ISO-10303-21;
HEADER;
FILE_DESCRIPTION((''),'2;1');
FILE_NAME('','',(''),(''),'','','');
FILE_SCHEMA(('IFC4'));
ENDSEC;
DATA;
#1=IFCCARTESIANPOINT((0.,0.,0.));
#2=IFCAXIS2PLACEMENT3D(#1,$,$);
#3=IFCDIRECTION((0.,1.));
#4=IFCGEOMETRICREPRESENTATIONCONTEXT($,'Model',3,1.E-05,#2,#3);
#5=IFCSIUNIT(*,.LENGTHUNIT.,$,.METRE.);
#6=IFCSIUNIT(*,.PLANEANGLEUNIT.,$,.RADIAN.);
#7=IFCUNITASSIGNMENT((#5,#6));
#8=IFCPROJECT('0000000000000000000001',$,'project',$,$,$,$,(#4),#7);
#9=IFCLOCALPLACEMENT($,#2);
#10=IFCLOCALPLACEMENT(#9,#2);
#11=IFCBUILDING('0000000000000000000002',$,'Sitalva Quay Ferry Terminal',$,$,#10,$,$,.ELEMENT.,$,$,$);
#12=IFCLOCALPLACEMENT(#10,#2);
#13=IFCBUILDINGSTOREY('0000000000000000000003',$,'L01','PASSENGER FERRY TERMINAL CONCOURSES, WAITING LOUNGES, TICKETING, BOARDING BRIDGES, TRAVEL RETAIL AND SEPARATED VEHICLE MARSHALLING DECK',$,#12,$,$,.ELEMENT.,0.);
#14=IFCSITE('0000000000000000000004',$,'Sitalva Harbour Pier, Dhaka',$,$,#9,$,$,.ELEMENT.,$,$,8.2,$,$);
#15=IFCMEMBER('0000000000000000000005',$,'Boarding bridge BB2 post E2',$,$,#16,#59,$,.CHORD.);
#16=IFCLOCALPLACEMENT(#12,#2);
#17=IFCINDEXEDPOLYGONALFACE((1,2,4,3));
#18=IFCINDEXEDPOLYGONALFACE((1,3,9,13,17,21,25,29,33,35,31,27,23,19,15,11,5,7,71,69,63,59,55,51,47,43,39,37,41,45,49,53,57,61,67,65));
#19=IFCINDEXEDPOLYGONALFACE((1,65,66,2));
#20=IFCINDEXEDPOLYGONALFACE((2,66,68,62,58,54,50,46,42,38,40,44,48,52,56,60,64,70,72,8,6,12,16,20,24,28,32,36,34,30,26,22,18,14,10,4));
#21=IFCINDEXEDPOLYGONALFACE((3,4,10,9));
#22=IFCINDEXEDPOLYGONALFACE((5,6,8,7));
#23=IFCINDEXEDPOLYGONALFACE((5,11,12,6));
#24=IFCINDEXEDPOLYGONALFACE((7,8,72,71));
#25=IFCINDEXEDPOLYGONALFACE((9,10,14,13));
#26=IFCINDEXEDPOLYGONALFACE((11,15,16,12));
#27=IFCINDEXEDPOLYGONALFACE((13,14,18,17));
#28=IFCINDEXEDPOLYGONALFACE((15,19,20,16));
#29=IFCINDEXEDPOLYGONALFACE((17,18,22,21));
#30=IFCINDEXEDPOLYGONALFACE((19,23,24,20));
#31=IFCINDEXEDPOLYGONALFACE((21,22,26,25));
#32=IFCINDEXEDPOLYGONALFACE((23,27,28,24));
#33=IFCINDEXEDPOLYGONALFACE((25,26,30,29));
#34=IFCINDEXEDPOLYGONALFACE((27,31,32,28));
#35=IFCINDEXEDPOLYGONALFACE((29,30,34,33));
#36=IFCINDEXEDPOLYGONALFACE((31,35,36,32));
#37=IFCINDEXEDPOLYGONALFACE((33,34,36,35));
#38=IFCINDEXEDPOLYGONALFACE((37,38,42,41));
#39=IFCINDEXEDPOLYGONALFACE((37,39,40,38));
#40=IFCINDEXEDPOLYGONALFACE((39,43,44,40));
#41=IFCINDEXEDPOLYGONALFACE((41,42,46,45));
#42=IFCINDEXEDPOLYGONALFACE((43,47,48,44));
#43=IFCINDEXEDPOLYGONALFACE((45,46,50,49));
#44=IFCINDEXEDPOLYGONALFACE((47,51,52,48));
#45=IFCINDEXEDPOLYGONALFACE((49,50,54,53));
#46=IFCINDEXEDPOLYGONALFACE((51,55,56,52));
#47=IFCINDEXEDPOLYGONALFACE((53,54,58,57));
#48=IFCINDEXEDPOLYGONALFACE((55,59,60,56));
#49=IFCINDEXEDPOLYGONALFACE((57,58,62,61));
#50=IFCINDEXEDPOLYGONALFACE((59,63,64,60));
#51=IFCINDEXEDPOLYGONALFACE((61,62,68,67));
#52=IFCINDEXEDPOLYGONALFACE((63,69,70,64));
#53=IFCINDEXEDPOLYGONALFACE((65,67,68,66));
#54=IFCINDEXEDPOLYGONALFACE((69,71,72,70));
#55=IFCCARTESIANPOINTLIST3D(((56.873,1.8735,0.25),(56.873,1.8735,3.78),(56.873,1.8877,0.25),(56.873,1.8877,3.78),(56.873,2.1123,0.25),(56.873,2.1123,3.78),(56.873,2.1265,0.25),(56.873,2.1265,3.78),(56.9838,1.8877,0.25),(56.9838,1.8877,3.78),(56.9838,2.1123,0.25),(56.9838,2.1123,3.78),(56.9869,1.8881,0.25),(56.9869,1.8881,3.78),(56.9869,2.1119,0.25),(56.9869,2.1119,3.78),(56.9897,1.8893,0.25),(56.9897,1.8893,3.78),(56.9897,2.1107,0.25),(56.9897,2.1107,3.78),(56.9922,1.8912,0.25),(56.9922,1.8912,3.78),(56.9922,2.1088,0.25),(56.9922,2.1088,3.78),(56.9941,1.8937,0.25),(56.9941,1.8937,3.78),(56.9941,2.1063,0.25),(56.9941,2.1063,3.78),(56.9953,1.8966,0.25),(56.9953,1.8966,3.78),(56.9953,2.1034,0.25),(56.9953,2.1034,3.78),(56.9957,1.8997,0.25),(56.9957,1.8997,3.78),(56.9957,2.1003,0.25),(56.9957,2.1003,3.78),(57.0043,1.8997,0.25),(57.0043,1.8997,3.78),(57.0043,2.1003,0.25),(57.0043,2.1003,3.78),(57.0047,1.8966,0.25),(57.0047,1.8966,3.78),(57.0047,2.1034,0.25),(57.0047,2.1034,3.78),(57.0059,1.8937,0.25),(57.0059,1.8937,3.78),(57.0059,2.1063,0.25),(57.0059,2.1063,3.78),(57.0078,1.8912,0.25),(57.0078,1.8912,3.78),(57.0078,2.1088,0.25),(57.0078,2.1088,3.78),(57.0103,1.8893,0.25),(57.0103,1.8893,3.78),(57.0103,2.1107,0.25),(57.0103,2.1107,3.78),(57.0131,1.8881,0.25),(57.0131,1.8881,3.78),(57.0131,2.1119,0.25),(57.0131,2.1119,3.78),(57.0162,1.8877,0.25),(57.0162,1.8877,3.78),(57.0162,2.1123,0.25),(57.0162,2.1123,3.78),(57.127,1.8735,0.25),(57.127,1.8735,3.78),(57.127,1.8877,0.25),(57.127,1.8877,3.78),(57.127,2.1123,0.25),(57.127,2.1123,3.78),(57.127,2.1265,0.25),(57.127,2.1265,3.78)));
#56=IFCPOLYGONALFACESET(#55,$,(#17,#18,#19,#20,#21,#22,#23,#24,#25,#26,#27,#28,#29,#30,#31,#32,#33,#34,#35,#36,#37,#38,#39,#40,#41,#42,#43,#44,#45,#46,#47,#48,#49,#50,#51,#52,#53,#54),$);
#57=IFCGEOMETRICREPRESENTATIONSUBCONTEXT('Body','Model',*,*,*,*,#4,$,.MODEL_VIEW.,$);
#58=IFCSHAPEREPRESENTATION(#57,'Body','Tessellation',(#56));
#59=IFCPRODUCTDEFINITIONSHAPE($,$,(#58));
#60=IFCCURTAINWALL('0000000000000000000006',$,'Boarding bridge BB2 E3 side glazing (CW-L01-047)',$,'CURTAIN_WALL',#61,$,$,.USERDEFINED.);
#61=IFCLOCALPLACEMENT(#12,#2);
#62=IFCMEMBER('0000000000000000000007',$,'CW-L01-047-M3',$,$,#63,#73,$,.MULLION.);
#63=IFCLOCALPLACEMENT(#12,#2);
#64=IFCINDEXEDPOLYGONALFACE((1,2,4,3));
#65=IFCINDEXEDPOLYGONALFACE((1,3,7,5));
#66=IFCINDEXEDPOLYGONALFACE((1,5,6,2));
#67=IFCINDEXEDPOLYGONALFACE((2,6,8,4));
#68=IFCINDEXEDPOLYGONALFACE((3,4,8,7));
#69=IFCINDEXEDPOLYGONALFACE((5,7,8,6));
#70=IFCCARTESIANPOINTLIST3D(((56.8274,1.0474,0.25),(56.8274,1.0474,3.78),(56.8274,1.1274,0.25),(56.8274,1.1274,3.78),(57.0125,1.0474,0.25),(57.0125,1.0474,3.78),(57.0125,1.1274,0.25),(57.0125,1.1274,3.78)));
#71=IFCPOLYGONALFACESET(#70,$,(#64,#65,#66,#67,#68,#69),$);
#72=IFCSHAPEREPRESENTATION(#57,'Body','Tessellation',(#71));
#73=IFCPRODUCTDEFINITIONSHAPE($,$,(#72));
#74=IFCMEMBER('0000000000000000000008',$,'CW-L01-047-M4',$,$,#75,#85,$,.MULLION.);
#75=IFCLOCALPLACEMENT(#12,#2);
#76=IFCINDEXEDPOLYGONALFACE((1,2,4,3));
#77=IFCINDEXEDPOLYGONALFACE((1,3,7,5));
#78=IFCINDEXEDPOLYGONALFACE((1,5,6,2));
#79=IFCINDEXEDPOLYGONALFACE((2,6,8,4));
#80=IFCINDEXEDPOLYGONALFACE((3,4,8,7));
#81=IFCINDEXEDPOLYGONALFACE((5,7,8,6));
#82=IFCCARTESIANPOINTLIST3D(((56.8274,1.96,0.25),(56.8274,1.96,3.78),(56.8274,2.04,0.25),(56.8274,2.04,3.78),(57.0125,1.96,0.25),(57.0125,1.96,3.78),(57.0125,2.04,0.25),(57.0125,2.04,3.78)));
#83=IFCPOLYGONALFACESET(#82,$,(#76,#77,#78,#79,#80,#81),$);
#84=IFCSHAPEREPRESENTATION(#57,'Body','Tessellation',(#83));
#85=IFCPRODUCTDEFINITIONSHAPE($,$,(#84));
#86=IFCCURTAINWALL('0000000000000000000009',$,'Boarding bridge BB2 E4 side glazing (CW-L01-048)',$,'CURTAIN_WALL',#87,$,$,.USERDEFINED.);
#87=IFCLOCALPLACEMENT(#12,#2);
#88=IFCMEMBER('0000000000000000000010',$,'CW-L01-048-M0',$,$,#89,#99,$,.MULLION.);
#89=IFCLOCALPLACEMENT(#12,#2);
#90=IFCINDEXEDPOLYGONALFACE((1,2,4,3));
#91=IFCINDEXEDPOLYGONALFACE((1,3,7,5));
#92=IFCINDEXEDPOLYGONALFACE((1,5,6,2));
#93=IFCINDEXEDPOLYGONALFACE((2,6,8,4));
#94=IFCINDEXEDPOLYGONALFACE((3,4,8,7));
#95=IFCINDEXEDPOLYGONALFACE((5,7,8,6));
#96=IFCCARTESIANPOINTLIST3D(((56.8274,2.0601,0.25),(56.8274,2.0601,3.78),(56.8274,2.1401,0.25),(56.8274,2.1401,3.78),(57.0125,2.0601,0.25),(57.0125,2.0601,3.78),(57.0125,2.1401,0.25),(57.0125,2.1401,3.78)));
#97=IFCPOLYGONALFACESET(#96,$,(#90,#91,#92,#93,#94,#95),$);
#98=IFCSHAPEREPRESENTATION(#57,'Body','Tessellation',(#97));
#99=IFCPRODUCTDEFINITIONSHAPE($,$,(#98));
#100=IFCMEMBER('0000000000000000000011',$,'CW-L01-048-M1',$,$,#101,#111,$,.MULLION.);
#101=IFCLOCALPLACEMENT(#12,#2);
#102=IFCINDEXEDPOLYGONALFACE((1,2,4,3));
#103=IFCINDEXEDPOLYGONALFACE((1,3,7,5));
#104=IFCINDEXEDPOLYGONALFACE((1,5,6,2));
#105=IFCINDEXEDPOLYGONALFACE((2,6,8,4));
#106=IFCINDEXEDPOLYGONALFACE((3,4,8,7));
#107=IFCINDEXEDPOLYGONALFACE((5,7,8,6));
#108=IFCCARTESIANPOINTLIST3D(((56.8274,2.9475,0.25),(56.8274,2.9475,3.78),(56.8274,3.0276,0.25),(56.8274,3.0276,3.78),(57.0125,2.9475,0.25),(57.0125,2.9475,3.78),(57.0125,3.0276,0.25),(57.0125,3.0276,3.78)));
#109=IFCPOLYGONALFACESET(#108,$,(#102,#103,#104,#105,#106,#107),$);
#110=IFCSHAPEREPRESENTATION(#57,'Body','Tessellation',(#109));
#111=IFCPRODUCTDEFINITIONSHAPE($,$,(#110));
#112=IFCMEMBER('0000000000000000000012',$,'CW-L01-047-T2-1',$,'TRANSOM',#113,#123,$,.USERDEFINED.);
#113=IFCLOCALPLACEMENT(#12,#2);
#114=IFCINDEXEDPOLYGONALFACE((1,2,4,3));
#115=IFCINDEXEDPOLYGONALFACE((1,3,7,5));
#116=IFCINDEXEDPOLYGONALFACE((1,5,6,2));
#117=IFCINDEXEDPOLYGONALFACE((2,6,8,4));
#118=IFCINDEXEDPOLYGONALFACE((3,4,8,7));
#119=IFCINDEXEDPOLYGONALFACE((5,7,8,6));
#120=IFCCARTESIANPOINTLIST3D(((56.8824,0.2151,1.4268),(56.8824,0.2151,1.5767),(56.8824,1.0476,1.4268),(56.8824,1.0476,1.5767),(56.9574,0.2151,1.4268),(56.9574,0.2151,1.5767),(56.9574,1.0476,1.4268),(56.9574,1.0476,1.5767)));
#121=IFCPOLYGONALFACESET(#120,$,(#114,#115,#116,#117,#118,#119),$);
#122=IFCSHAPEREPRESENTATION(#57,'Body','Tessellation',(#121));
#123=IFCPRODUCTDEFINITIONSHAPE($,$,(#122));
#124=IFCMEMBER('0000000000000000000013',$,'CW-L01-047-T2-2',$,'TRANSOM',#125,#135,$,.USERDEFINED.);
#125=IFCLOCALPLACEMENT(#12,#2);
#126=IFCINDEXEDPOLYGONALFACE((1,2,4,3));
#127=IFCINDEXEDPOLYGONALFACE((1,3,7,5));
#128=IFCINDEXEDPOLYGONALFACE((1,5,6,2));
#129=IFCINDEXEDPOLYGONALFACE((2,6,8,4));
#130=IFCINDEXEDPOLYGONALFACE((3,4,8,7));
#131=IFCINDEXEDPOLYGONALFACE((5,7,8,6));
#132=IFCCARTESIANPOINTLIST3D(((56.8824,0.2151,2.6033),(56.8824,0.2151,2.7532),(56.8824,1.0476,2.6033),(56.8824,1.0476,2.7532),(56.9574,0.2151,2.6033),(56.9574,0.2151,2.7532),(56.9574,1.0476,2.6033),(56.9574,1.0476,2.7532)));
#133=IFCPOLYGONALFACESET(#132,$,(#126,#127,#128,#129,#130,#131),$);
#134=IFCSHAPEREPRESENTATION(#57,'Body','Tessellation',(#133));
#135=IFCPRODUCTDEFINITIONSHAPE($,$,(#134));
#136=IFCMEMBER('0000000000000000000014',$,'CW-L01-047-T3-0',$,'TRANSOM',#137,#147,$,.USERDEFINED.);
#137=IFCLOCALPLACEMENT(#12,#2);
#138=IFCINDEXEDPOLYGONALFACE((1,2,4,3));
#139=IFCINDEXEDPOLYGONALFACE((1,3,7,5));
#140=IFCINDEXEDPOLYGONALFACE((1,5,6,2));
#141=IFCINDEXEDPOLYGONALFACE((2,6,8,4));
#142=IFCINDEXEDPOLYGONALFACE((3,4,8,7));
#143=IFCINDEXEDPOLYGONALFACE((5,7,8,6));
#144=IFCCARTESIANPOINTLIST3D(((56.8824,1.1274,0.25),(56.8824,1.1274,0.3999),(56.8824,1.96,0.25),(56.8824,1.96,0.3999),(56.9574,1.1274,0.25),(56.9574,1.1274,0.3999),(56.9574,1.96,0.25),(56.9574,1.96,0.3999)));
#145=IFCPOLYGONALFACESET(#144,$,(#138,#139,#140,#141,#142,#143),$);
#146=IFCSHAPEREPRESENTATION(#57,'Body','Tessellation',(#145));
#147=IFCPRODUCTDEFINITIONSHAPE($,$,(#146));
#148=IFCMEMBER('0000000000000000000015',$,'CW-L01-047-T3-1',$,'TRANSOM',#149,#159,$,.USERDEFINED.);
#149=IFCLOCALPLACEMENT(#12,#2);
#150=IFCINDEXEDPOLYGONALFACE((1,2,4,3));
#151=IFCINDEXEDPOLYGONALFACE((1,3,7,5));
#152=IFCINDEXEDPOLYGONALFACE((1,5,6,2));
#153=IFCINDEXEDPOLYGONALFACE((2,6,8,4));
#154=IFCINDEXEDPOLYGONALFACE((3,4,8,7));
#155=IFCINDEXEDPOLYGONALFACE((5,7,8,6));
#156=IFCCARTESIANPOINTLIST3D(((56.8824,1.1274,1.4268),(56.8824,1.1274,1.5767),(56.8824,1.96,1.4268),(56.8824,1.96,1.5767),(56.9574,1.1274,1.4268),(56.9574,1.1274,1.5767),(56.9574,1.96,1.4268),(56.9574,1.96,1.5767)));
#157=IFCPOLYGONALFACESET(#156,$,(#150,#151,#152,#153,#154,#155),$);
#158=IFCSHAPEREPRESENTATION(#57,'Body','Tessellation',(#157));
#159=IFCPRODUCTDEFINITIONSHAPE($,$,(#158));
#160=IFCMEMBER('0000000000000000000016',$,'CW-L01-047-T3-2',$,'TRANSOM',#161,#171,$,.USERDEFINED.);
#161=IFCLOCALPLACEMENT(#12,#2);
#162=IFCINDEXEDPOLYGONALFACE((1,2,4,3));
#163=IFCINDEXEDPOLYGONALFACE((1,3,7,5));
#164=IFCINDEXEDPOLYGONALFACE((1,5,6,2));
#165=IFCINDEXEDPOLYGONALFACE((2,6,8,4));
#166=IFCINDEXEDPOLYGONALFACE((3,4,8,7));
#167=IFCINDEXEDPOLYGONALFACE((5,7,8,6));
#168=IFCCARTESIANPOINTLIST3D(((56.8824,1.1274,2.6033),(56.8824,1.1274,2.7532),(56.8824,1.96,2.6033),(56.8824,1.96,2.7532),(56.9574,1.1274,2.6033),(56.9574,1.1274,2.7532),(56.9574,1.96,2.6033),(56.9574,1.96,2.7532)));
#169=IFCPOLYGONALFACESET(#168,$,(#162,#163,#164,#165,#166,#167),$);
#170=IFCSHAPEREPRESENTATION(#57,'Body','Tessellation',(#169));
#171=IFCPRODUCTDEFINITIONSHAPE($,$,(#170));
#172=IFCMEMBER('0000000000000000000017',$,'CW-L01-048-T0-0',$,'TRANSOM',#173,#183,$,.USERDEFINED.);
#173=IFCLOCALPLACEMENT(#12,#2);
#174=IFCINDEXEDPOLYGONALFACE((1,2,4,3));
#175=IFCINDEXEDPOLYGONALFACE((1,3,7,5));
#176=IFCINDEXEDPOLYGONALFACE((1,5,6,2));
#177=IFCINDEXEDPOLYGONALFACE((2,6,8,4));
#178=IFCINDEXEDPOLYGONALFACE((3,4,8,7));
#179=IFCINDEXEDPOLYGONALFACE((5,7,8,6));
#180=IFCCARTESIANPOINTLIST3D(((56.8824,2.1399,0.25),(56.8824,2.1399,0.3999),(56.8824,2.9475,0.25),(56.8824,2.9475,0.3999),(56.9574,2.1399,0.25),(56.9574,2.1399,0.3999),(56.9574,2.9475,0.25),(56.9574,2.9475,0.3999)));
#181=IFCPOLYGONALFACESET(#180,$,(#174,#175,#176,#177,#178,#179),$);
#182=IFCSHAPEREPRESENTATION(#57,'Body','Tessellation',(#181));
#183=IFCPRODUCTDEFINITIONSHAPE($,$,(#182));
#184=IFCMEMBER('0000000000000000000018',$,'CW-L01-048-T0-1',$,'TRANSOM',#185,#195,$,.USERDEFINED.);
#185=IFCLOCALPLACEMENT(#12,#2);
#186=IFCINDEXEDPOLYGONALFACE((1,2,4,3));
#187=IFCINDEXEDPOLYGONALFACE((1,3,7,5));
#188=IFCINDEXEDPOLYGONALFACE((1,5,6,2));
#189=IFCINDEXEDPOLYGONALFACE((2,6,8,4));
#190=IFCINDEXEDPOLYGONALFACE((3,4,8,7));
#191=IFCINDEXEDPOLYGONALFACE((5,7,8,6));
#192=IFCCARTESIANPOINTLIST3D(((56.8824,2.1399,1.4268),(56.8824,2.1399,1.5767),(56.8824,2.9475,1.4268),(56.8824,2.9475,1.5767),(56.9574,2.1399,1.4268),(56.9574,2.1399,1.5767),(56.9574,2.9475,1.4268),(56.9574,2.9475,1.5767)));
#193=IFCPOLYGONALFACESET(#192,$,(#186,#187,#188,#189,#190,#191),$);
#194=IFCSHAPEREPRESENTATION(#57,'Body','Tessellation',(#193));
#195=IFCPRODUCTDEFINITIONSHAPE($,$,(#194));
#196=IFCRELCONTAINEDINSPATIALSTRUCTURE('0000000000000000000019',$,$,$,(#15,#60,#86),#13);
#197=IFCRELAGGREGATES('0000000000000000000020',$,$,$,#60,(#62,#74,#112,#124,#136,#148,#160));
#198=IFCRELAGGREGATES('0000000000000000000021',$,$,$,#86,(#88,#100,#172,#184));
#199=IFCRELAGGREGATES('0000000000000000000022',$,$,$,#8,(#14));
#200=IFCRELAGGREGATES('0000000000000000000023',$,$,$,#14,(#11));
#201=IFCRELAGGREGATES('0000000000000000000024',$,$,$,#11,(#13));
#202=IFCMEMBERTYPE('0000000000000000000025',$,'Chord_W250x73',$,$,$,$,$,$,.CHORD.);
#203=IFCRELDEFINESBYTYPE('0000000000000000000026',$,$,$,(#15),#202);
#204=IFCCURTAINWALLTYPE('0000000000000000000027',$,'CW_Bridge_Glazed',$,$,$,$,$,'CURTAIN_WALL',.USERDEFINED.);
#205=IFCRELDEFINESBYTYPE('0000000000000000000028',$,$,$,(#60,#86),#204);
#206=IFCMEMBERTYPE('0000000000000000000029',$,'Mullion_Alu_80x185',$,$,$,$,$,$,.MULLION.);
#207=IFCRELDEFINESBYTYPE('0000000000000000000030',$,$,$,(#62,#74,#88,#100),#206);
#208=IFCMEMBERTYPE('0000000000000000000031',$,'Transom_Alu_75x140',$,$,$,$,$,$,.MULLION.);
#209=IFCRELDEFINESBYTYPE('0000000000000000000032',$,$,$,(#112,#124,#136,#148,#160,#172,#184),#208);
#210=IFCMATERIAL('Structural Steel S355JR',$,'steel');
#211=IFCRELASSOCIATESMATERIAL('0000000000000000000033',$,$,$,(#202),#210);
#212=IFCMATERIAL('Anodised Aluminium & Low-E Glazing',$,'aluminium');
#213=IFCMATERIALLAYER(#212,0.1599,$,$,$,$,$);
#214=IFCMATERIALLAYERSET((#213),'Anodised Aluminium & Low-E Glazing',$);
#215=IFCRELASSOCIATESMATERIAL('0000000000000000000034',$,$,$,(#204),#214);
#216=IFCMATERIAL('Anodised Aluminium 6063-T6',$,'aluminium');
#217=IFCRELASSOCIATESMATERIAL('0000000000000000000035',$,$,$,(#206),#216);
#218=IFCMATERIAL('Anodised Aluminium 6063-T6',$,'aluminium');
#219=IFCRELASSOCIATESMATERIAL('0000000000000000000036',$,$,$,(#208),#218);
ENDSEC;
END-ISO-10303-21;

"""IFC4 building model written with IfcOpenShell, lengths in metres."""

from ifc_helpers import new_model, si_unit, direction, frame, origin, origin_2d, place, context, subcontext, project, spatial, rectangle, i_section, extrude, material, layer, layer_set, material_profile, profile_set, type_object, element, aggregate, save


model = new_model("IFC4")

# Units and contexts
model_context = context("Model", 3, precision=1e-05, world=origin(), true_north=direction((0.0, 1.0)))
body_context = subcontext(model_context, "Body", "Model", "MODEL_VIEW")
ifc_project = project(units=[si_unit("LENGTHUNIT", "METRE"), si_unit("PLANEANGLEUNIT", "RADIAN")], contexts=[model_context])

# Site, building, storey
site_placement = place(None, origin())
site = spatial("IfcSite", under=ifc_project, at=site_placement, Name="Sitalva Harbour Pier, Dhaka", CompositionType="ELEMENT", RefElevation=8.2)
building_placement = place(site_placement, origin())
building = spatial("IfcBuilding", under=site, at=building_placement, Name="Sitalva Quay Ferry Terminal", CompositionType="ELEMENT")
storey_placement = place(building_placement, origin())
storey = spatial("IfcBuildingStorey", under=building, at=storey_placement, Name="L01", Description="PASSENGER FERRY TERMINAL CONCOURSES, WAITING LOUNGES, TICKETING, BOARDING BRIDGES, TRAVEL RETAIL AND SEPARATED VEHICLE MARSHALLING DECK", CompositionType="ELEMENT", Elevation=0.0)

# Member
ifc_material_1 = material(Name="Structural Steel S355JR", Category="steel")
ifc_material_profile_1 = material_profile(ifc_material_1, i_section(OverallWidth=0.2539, OverallDepth=0.2529, WebThickness=0.0085, FlangeThickness=0.0142, FilletRadius=0.012, at=origin_2d()), Name="W250x73")
ifc_profile_set_1 = profile_set([ifc_material_profile_1], Name="Structural Steel S355JR")
member_type_1 = type_object("IfcMemberType", Name="Chord_W250x73", PredefinedType="CHORD", material=ifc_profile_set_1)
member_1_placement = place(storey_placement, frame((57.0, 2.0, 0.25), z_axis=(0.0, 0.0, 1.0), x_axis=(1.0, 0.0, 0.0)))
element("IfcMember", 1, at=member_1_placement, inside=storey, type_object=member_type_1, Name="Boarding bridge BB2 post E2", PredefinedType="CHORD", context=body_context, shape_type="SweptSolid", body=[
    extrude(i_section(OverallWidth=0.2539, OverallDepth=0.2529, WebThickness=0.0085, FlangeThickness=0.0142, FilletRadius=0.012, at=origin_2d()), origin(), (0.0, 0.0, 1.0), 3.53),
])

# Curtain walls, members
ifc_material_2 = material(Name="Anodised Aluminium & Low-E Glazing", Category="aluminium")
ifc_layer_1 = layer(ifc_material_2, 0.1599)
ifc_layer_set_1 = layer_set([ifc_layer_1], Name="Anodised Aluminium & Low-E Glazing")
curtain_wall_type = type_object("IfcCurtainWallType", Name="CW_Bridge_Glazed", ElementType="CURTAIN_WALL", PredefinedType="USERDEFINED", material=ifc_layer_set_1)
curtain_wall_1_placement = place(storey_placement, origin())
curtain_wall_1 = element("IfcCurtainWall", 2, at=curtain_wall_1_placement, inside=storey, type_object=curtain_wall_type, Name="Boarding bridge BB2 E3 side glazing (CW-L01-047)", ObjectType="CURTAIN_WALL", PredefinedType="USERDEFINED")
ifc_material_3 = material(Name="Anodised Aluminium 6063-T6", Category="aluminium")
ifc_material_profile_2 = material_profile(ifc_material_3, rectangle(XDim=0.0801, YDim=0.1851, at=origin_2d()), Name="ALU80x185")
ifc_profile_set_2 = profile_set([ifc_material_profile_2], Name="Anodised Aluminium 6063-T6")
member_type_2 = type_object("IfcMemberType", Name="Mullion_Alu_80x185", PredefinedType="MULLION", material=ifc_profile_set_2)
member_2_placement = place(storey_placement, frame((56.9199, 1.0874, 0.25), z_axis=(0.0, 0.0, 1.0), x_axis=(0.0, 1.0, 0.0)))
member_2 = element("IfcMember", 3, at=member_2_placement, type_object=member_type_2, Name="CW-L01-047-M3", PredefinedType="MULLION", context=body_context, shape_type="SweptSolid", body=[
    extrude(rectangle(XDim=0.0801, YDim=0.1851, at=origin_2d()), origin(), (0.0, 0.0, 1.0), 3.53),
])
member_3_placement = place(storey_placement, frame((56.9199, 2.0, 0.25), z_axis=(0.0, 0.0, 1.0), x_axis=(0.0, 1.0, 0.0)))
member_3 = element("IfcMember", 4, at=member_3_placement, type_object=member_type_2, Name="CW-L01-047-M4", PredefinedType="MULLION", context=body_context, shape_type="SweptSolid", body=[
    extrude(rectangle(XDim=0.0801, YDim=0.1851, at=origin_2d()), origin(), (0.0, 0.0, 1.0), 3.53),
])
curtain_wall_2_placement = place(storey_placement, origin())
curtain_wall_2 = element("IfcCurtainWall", 5, at=curtain_wall_2_placement, inside=storey, type_object=curtain_wall_type, Name="Boarding bridge BB2 E4 side glazing (CW-L01-048)", ObjectType="CURTAIN_WALL", PredefinedType="USERDEFINED")
member_4_placement = place(storey_placement, frame((56.9199, 2.1001, 0.25), z_axis=(0.0, 0.0, 1.0), x_axis=(0.0, 1.0, 0.0)))
member_4 = element("IfcMember", 6, at=member_4_placement, type_object=member_type_2, Name="CW-L01-048-M0", PredefinedType="MULLION", context=body_context, shape_type="SweptSolid", body=[
    extrude(rectangle(XDim=0.0801, YDim=0.1851, at=origin_2d()), origin(), (0.0, 0.0, 1.0), 3.53),
])
member_5_placement = place(storey_placement, frame((56.9199, 2.9875, 0.25), z_axis=(0.0, 0.0, 1.0), x_axis=(0.0, 1.0, 0.0)))
member_5 = element("IfcMember", 7, at=member_5_placement, type_object=member_type_2, Name="CW-L01-048-M1", PredefinedType="MULLION", context=body_context, shape_type="SweptSolid", body=[
    extrude(rectangle(XDim=0.0801, YDim=0.1851, at=origin_2d()), origin(), (0.0, 0.0, 1.0), 3.53),
])

# Members
ifc_material_4 = material(Name="Anodised Aluminium 6063-T6", Category="aluminium")
ifc_material_profile_3 = material_profile(ifc_material_4, rectangle(XDim=0.075, YDim=0.1499, at=origin_2d()), Name="ALU75x150")
ifc_profile_set_3 = profile_set([ifc_material_profile_3], Name="Anodised Aluminium 6063-T6")
member_type_3 = type_object("IfcMemberType", Name="Transom_Alu_75x140", PredefinedType="MULLION", material=ifc_profile_set_3)
member_6_placement = place(storey_placement, frame((56.9199, 0.2151, 1.5017), z_axis=(0.0, 1.0, 0.0), x_axis=(-1.0, 0.0, 0.0)))
member_6 = element("IfcMember", 8, at=member_6_placement, type_object=member_type_3, Name="CW-L01-047-T2-1", ObjectType="TRANSOM", PredefinedType="USERDEFINED", context=body_context, shape_type="SweptSolid", body=[
    extrude(rectangle(XDim=0.075, YDim=0.1499, at=origin_2d()), origin(), (0.0, 0.0, 1.0), 0.8325),
])
member_7_placement = place(storey_placement, frame((56.9199, 0.2151, 2.6782), z_axis=(0.0, 1.0, 0.0), x_axis=(-1.0, 0.0, 0.0)))
member_7 = element("IfcMember", 9, at=member_7_placement, type_object=member_type_3, Name="CW-L01-047-T2-2", ObjectType="TRANSOM", PredefinedType="USERDEFINED", context=body_context, shape_type="SweptSolid", body=[
    extrude(rectangle(XDim=0.075, YDim=0.1499, at=origin_2d()), origin(), (0.0, 0.0, 1.0), 0.8325),
])
member_8_placement = place(storey_placement, frame((56.9199, 1.1274, 0.325), z_axis=(0.0, 1.0, 0.0), x_axis=(-1.0, 0.0, 0.0)))
member_8 = element("IfcMember", 10, at=member_8_placement, type_object=member_type_3, Name="CW-L01-047-T3-0", ObjectType="TRANSOM", PredefinedType="USERDEFINED", context=body_context, shape_type="SweptSolid", body=[
    extrude(rectangle(XDim=0.075, YDim=0.1499, at=origin_2d()), origin(), (0.0, 0.0, 1.0), 0.8325),
])
member_9_placement = place(storey_placement, frame((56.9199, 1.1274, 1.5017), z_axis=(0.0, 1.0, 0.0), x_axis=(-1.0, 0.0, 0.0)))
member_9 = element("IfcMember", 11, at=member_9_placement, type_object=member_type_3, Name="CW-L01-047-T3-1", ObjectType="TRANSOM", PredefinedType="USERDEFINED", context=body_context, shape_type="SweptSolid", body=[
    extrude(rectangle(XDim=0.075, YDim=0.1499, at=origin_2d()), origin(), (0.0, 0.0, 1.0), 0.8325),
])
member_10_placement = place(storey_placement, frame((56.9199, 1.1274, 2.6782), z_axis=(0.0, 1.0, 0.0), x_axis=(-1.0, 0.0, 0.0)))
member_10 = element("IfcMember", 12, at=member_10_placement, type_object=member_type_3, Name="CW-L01-047-T3-2", ObjectType="TRANSOM", PredefinedType="USERDEFINED", context=body_context, shape_type="SweptSolid", body=[
    extrude(rectangle(XDim=0.075, YDim=0.1499, at=origin_2d()), origin(), (0.0, 0.0, 1.0), 0.8325),
])
member_11_placement = place(storey_placement, frame((56.9199, 2.1399, 0.325), z_axis=(0.0, 1.0, 0.0), x_axis=(-1.0, 0.0, 0.0)))
member_11 = element("IfcMember", 13, at=member_11_placement, type_object=member_type_3, Name="CW-L01-048-T0-0", ObjectType="TRANSOM", PredefinedType="USERDEFINED", context=body_context, shape_type="SweptSolid", body=[
    extrude(rectangle(XDim=0.075, YDim=0.1499, at=origin_2d()), origin(), (0.0, 0.0, 1.0), 0.8076),
])
member_12_placement = place(storey_placement, frame((56.9199, 2.1399, 1.5017), z_axis=(0.0, 1.0, 0.0), x_axis=(-1.0, 0.0, 0.0)))
member_12 = element("IfcMember", 14, at=member_12_placement, type_object=member_type_3, Name="CW-L01-048-T0-1", ObjectType="TRANSOM", PredefinedType="USERDEFINED", context=body_context, shape_type="SweptSolid", body=[
    extrude(rectangle(XDim=0.075, YDim=0.1499, at=origin_2d()), origin(), (0.0, 0.0, 1.0), 0.8076),
])

aggregate(curtain_wall_1, [member_2, member_3, member_6, member_7, member_8, member_9, member_10])
aggregate(curtain_wall_2, [member_4, member_5, member_11, member_12])

save(model, "model.ifc")
